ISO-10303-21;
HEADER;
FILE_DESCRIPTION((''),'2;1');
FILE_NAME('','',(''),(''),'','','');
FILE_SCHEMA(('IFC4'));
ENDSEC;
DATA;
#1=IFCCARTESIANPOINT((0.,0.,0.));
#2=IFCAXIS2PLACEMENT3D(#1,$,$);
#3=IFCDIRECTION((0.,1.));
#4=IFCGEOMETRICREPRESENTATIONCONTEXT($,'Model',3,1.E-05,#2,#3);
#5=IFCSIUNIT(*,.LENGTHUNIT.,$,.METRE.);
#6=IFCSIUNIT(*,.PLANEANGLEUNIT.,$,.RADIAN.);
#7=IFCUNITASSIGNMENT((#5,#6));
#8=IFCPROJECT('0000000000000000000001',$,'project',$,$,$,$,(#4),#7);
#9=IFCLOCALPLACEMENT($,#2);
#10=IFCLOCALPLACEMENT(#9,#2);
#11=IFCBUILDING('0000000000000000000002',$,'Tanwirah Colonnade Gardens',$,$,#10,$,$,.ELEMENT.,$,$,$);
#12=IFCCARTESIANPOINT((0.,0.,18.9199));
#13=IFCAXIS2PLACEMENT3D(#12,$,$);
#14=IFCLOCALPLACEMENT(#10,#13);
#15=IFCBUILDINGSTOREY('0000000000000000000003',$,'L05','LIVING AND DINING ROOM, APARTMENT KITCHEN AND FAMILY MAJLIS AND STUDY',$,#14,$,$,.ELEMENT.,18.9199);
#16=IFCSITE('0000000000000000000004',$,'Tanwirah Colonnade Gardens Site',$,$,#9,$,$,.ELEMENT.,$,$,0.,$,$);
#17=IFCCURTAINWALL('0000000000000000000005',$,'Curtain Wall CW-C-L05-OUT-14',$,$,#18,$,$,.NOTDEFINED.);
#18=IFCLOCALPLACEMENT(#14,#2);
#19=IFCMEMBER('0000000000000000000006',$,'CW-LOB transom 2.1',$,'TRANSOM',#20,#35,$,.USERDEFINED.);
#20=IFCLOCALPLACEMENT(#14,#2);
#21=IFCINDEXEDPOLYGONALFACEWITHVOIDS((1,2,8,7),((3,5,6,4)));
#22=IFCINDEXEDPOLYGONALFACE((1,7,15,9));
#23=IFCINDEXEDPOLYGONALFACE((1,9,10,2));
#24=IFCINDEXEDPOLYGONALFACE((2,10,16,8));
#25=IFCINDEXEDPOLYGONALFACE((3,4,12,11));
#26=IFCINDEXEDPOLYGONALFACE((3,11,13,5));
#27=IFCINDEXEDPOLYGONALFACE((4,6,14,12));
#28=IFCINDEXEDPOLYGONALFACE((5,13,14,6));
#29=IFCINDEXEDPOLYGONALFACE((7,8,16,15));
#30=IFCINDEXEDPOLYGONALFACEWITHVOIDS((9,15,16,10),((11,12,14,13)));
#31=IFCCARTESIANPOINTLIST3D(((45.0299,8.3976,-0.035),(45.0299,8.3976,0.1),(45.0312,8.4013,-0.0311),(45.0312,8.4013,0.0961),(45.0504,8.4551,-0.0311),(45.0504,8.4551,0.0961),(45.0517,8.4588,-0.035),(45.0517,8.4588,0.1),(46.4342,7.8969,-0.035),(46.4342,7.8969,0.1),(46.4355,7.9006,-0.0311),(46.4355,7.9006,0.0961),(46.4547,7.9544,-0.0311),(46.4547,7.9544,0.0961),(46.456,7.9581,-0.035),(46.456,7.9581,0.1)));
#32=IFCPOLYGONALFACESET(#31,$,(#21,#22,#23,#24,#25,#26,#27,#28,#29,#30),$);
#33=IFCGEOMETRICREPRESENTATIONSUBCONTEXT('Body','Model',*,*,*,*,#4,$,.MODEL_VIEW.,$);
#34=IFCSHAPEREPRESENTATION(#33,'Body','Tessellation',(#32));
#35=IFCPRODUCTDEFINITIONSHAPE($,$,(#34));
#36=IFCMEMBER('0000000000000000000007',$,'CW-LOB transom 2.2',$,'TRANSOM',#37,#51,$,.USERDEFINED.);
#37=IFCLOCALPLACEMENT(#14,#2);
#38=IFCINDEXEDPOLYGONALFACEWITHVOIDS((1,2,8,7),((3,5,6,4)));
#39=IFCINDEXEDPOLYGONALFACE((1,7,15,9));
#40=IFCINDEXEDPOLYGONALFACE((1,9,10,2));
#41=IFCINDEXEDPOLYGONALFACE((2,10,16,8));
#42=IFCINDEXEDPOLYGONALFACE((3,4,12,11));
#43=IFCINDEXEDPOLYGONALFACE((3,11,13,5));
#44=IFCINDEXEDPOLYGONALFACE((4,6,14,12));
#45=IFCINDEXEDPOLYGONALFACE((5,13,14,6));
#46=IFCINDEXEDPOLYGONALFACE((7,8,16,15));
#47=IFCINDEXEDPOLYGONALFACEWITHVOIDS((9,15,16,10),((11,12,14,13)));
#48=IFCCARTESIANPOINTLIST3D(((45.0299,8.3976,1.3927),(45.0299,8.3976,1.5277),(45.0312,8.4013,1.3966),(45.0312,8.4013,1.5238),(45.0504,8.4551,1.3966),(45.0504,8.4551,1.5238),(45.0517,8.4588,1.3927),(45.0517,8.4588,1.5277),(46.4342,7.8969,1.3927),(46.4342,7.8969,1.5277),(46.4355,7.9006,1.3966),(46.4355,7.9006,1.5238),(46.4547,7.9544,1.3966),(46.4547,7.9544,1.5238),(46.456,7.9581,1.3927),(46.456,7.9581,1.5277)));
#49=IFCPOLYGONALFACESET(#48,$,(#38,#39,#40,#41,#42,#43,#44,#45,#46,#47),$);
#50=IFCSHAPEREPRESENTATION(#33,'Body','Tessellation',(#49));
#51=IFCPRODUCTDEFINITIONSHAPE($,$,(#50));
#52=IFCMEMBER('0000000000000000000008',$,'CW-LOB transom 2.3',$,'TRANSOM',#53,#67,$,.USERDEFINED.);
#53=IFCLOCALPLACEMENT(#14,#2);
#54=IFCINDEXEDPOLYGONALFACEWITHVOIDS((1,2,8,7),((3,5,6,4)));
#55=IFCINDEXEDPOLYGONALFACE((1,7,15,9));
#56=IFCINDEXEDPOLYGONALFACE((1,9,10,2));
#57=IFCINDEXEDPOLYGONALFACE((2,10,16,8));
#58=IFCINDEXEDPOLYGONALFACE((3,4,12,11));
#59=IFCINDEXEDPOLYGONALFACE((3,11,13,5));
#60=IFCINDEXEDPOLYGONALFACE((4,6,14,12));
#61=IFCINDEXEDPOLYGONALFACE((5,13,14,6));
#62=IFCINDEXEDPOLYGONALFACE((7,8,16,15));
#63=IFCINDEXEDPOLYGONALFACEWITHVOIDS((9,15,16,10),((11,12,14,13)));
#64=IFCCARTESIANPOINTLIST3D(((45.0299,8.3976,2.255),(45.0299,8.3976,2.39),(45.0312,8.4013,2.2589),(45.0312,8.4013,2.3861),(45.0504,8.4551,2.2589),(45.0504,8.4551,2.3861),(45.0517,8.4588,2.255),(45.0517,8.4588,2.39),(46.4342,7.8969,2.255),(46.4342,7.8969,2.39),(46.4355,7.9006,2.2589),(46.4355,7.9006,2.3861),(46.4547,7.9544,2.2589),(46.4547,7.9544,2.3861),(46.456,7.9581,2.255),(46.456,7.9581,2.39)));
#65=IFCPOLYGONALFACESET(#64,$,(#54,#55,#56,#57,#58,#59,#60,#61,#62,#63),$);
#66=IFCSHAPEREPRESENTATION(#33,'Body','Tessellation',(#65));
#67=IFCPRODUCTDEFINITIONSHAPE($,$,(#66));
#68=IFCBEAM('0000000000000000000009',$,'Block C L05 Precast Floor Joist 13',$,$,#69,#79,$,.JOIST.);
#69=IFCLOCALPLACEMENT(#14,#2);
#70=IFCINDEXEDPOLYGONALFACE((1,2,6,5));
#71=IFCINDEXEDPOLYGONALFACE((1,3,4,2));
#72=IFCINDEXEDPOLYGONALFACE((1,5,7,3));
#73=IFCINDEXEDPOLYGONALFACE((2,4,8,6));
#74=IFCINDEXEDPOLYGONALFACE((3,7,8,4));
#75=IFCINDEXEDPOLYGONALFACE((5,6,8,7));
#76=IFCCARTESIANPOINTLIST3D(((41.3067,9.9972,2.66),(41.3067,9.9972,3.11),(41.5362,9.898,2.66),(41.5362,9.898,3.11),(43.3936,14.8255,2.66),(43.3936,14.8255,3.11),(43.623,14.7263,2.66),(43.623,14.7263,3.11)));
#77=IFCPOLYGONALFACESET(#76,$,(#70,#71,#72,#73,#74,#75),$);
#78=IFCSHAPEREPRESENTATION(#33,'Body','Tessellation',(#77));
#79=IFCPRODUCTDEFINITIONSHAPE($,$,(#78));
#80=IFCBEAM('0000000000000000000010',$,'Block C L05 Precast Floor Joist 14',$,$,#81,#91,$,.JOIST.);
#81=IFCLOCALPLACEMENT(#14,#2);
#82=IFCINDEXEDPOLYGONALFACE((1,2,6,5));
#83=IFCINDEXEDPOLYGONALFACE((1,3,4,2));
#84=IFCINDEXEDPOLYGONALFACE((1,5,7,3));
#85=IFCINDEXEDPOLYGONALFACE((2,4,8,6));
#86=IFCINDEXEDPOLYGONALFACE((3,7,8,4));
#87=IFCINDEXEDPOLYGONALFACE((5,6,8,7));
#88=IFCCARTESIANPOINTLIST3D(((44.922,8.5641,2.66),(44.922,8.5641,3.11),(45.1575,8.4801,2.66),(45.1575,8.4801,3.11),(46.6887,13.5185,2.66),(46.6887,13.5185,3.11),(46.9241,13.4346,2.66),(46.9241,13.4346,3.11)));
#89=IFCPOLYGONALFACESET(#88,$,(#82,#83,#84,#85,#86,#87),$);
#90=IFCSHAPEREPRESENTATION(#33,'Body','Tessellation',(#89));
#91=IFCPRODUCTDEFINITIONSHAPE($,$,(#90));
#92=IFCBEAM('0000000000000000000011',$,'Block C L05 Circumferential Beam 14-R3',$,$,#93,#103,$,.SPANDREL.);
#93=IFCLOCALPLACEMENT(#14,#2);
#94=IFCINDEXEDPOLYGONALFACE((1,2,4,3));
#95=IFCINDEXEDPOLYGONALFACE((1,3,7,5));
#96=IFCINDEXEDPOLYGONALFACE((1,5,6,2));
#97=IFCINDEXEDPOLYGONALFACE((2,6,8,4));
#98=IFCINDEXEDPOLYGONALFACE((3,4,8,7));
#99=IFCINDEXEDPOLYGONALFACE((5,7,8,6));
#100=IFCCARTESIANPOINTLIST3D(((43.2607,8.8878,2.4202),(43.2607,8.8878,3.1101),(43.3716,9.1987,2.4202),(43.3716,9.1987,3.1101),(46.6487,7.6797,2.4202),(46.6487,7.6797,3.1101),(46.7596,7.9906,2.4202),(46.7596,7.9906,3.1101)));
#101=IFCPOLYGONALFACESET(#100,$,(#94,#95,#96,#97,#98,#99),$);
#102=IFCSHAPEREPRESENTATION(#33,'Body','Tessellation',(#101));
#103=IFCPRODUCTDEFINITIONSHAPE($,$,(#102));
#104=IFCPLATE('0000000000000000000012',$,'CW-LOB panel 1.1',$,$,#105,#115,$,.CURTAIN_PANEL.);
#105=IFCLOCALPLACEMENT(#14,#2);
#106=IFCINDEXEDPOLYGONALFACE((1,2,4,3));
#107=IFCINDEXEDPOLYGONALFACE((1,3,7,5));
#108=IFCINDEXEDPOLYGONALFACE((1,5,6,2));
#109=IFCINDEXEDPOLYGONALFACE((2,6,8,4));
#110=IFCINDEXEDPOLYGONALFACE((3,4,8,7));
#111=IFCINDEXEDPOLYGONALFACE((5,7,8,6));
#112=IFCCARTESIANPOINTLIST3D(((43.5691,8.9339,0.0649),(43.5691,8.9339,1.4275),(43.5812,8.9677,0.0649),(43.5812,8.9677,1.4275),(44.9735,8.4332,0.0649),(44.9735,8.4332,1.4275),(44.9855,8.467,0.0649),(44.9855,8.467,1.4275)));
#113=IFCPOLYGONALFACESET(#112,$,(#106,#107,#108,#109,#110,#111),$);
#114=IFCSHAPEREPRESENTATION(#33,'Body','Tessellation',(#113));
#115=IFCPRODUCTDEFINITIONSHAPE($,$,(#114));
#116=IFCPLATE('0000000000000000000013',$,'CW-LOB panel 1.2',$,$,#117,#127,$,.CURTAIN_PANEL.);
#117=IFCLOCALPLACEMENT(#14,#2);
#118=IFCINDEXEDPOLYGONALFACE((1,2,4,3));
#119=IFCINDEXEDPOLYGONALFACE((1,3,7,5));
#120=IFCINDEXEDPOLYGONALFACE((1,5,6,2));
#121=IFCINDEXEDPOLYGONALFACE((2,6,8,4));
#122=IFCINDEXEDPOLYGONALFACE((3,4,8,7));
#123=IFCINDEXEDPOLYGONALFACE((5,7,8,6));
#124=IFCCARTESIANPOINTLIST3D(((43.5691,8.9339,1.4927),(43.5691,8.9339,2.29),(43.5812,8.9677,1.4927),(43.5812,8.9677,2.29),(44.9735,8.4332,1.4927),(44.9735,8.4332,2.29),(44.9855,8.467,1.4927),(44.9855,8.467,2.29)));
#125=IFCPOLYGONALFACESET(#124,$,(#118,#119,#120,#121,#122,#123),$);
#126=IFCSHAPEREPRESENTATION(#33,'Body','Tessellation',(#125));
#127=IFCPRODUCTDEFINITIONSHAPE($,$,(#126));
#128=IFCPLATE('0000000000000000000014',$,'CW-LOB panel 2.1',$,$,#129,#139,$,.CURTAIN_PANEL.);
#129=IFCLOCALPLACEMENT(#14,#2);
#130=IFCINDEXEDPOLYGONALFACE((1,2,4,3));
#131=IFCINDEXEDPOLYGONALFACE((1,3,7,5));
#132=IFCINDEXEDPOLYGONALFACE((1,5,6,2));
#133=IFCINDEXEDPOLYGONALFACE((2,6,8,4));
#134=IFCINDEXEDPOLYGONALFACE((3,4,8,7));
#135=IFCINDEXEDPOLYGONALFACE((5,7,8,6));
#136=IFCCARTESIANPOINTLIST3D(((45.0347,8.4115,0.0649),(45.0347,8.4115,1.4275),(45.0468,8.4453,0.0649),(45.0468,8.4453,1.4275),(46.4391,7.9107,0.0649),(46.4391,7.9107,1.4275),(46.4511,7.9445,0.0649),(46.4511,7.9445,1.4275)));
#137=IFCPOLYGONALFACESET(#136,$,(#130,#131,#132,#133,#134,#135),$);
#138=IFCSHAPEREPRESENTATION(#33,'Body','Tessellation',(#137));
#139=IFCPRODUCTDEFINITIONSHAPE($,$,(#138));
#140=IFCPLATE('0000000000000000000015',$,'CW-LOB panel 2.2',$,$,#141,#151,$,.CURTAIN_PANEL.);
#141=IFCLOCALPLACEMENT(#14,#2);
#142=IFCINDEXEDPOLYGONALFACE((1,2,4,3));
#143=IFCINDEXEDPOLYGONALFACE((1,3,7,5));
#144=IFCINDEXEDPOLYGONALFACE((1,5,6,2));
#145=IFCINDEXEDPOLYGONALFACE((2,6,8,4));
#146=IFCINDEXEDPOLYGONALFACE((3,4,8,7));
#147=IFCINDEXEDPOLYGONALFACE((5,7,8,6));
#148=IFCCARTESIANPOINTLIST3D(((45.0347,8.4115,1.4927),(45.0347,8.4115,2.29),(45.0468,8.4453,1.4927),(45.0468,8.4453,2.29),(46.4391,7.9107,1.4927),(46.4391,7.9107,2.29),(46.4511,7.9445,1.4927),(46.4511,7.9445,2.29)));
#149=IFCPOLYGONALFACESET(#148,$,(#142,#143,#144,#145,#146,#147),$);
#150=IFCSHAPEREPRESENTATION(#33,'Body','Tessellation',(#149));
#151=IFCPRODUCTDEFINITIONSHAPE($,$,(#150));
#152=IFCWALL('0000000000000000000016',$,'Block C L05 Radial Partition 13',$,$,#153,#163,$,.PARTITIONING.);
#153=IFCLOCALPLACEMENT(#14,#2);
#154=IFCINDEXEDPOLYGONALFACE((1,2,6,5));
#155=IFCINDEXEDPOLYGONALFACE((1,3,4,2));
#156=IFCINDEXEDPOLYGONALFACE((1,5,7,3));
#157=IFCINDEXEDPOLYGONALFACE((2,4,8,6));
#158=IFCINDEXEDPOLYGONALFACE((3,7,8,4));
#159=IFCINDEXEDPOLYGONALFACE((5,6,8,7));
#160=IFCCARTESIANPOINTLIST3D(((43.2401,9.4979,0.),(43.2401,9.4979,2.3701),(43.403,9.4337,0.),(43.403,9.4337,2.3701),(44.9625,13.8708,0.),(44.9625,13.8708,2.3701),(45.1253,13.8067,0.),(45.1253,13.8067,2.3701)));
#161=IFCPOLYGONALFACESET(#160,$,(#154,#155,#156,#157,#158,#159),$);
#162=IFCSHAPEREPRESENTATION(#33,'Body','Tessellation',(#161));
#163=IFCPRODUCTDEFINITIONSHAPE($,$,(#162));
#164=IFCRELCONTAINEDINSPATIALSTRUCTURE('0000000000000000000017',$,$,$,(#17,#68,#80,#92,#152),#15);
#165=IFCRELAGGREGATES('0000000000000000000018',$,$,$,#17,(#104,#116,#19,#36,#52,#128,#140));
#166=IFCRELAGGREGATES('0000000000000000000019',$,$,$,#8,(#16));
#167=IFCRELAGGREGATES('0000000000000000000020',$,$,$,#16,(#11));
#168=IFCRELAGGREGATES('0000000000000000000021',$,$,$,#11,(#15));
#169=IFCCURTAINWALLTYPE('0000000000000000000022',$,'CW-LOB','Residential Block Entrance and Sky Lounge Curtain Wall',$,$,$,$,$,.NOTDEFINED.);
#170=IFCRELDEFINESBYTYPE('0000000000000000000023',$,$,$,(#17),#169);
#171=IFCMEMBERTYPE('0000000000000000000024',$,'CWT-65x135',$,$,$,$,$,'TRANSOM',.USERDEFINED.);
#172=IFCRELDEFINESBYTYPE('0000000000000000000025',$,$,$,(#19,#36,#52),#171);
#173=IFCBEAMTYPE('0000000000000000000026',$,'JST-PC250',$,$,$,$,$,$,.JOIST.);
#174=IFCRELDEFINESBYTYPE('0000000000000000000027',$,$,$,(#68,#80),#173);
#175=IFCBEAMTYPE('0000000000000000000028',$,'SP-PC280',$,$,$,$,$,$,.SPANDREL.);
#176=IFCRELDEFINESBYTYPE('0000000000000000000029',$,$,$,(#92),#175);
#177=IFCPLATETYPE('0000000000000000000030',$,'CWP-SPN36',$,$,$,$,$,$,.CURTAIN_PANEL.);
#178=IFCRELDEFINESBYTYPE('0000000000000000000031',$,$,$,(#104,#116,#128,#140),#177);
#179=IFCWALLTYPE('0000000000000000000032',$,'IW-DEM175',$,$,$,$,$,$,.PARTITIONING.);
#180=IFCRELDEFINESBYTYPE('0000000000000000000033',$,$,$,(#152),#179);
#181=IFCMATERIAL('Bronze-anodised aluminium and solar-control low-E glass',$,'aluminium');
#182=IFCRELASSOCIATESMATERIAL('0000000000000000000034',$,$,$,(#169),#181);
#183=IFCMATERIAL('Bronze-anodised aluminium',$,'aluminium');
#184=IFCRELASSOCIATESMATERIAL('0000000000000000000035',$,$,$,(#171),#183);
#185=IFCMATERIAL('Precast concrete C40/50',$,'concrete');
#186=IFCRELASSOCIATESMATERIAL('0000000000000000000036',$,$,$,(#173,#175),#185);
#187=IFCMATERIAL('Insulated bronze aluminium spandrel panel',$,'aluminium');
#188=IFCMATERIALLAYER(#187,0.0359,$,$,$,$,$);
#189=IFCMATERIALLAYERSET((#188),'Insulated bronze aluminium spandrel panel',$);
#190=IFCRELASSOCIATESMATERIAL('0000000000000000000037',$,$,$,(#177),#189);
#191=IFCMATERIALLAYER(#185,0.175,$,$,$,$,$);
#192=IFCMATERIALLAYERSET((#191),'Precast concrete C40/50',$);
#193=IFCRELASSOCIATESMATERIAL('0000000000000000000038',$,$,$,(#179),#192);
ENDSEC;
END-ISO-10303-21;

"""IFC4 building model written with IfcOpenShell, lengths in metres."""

from ifc_helpers import new_model, si_unit, direction, frame, frame_2d, origin, origin_2d, place, context, subcontext, project, spatial, rectangle, hollow_rectangle, extrude, material, layer, layer_set, material_profile, profile_set, type_object, element, aggregate, save


model = new_model("IFC4")

# Units and contexts
model_context = context("Model", 3, precision=1e-05, world=origin(), true_north=direction((0.0, 1.0)))
body_context = subcontext(model_context, "Body", "Model", "MODEL_VIEW")
ifc_project = project(units=[si_unit("LENGTHUNIT", "METRE"), si_unit("PLANEANGLEUNIT", "RADIAN")], contexts=[model_context])

# Site, building, storey
site_placement = place(None, origin())
site = spatial("IfcSite", under=ifc_project, at=site_placement, Name="Tanwirah Colonnade Gardens Site", CompositionType="ELEMENT", RefElevation=0.0)
building_placement = place(site_placement, origin())
building = spatial("IfcBuilding", under=site, at=building_placement, Name="Tanwirah Colonnade Gardens", CompositionType="ELEMENT")
storey_placement = place(building_placement, frame((0.0, 0.0, 18.9199)))
storey = spatial("IfcBuildingStorey", under=building, at=storey_placement, Name="L05", Description="LIVING AND DINING ROOM, APARTMENT KITCHEN AND FAMILY MAJLIS AND STUDY", CompositionType="ELEMENT", Elevation=18.9199)

# Shared definitions
ifc_material_1 = material(Name="Precast concrete C40/50", Category="concrete")

# Curtain wall, members
ifc_material_2 = material(Name="Bronze-anodised aluminium and solar-control low-E glass", Category="aluminium")
curtain_wall_type = type_object("IfcCurtainWallType", Name="CW-LOB", Description="Residential Block Entrance and Sky Lounge Curtain Wall", PredefinedType="NOTDEFINED", material=ifc_material_2)
curtain_wall_placement = place(storey_placement, origin())
curtain_wall = element("IfcCurtainWall", 1, at=curtain_wall_placement, inside=storey, type_object=curtain_wall_type, Name="Curtain Wall CW-C-L05-OUT-14", PredefinedType="NOTDEFINED")
ifc_material_3 = material(Name="Bronze-anodised aluminium", Category="aluminium")
ifc_material_profile_1 = material_profile(ifc_material_3, hollow_rectangle(XDim=0.0649, YDim=0.135, WallThickness=0.0039, at=origin_2d()), Name="CW-TRN 65x135x4")
ifc_profile_set_1 = profile_set([ifc_material_profile_1], Name="Bronze-anodised aluminium")
member_type_1 = type_object("IfcMemberType", Name="CWT-65x135", ElementType="TRANSOM", PredefinedType="USERDEFINED", material=ifc_profile_set_1)
member_1_placement = place(storey_placement, frame((45.0408, 8.4282, 0.0325), z_axis=(0.941912, -0.335859, 0.0), x_axis=(0.335859, 0.941912, 0.0)))
member_1 = element("IfcMember", 2, at=member_1_placement, type_object=member_type_1, Name="CW-LOB transom 2.1", ObjectType="TRANSOM", PredefinedType="USERDEFINED", context=body_context, shape_type="SweptSolid", body=[
    extrude(hollow_rectangle(XDim=0.0649, YDim=0.135, WallThickness=0.0039, at=origin_2d()), origin(), (0.0, 0.0, 1.0), 1.491),
])
member_2_placement = place(storey_placement, frame((45.0408, 8.4282, 1.4602), z_axis=(0.941912, -0.335859, 0.0), x_axis=(0.335859, 0.941912, 0.0)))
member_2 = element("IfcMember", 3, at=member_2_placement, type_object=member_type_1, Name="CW-LOB transom 2.2", ObjectType="TRANSOM", PredefinedType="USERDEFINED", context=body_context, shape_type="SweptSolid", body=[
    extrude(hollow_rectangle(XDim=0.0649, YDim=0.135, WallThickness=0.0039, at=origin_2d()), origin(), (0.0, 0.0, 1.0), 1.491),
])
member_3_placement = place(storey_placement, frame((45.0408, 8.4282, 2.3225), z_axis=(0.941912, -0.335859, 0.0), x_axis=(0.335859, 0.941912, 0.0)))
member_3 = element("IfcMember", 4, at=member_3_placement, type_object=member_type_1, Name="CW-LOB transom 2.3", ObjectType="TRANSOM", PredefinedType="USERDEFINED", context=body_context, shape_type="SweptSolid", body=[
    extrude(hollow_rectangle(XDim=0.0649, YDim=0.135, WallThickness=0.0039, at=origin_2d()), origin(), (0.0, 0.0, 1.0), 1.491),
])

# Beams
ifc_material_profile_2 = material_profile(ifc_material_1, rectangle(XDim=0.25, YDim=0.45, at=origin_2d()), Name="PC-JST 250x450")
ifc_profile_set_2 = profile_set([ifc_material_profile_2], Name="Precast concrete C40/50")
beam_type_1 = type_object("IfcBeamType", Name="JST-PC250", PredefinedType="JOIST", material=ifc_profile_set_2)
for number, where, z_axis, x_axis, name in (
    (5, (43.5083, 14.7759, 2.885), (-0.396746, -0.917928, 0.0), (0.917928, -0.396746, 0.0), "Block C L05 Precast Floor Joist 13"),
    (6, (46.8064, 13.4766, 2.885), (-0.335863, -0.941911, 0.0), (0.941911, -0.335863, 0.0), "Block C L05 Precast Floor Joist 14"),
):
    element("IfcBeam", number, at=place(storey_placement, frame(where, z_axis=z_axis, x_axis=x_axis)), inside=storey, type_object=beam_type_1, Name=name, PredefinedType="JOIST", context=body_context, shape_type="SweptSolid", body=[
        extrude(rectangle(XDim=0.25, YDim=0.45, at=origin_2d()), origin(), (0.0, 0.0, 1.0), 5.26),
    ])
ifc_material_profile_3 = material_profile(ifc_material_1, rectangle(XDim=0.3301, YDim=0.6899, at=origin_2d()), Name="PC-SP 330x690")
ifc_profile_set_3 = profile_set([ifc_material_profile_3], Name="Precast concrete C40/50")
beam_type_2 = type_object("IfcBeamType", Name="SP-PC280", PredefinedType="SPANDREL", material=ifc_profile_set_3)
beam_1_placement = place(storey_placement, frame((43.3162, 9.0432, 2.7651), z_axis=(0.941915, -0.33585, 0.0), x_axis=(0.33585, 0.941915, 0.0)))
element("IfcBeam", 7, at=beam_1_placement, inside=storey, type_object=beam_type_2, Name="Block C L05 Circumferential Beam 14-R3", PredefinedType="SPANDREL", context=body_context, shape_type="SweptSolid", body=[
    extrude(rectangle(XDim=0.3301, YDim=0.6899, at=origin_2d()), origin(), (0.0, 0.0, 1.0), 3.5969),
])

# Plates
ifc_material_4 = material(Name="Insulated bronze aluminium spandrel panel", Category="aluminium")
ifc_layer_1 = layer(ifc_material_4, 0.0359)
ifc_layer_set_1 = layer_set([ifc_layer_1], Name="Insulated bronze aluminium spandrel panel")
plate_type = type_object("IfcPlateType", Name="CWP-SPN36", PredefinedType="CURTAIN_PANEL", material=ifc_layer_set_1)
plate_1_placement = place(storey_placement, frame((44.2773, 8.7004, 0.0649), z_axis=(0.0, 0.0, 1.0), x_axis=(0.941911, -0.335862, 0.0)))
plate_1 = element("IfcPlate", 8, at=plate_1_placement, type_object=plate_type, Name="CW-LOB panel 1.1", PredefinedType="CURTAIN_PANEL", context=body_context, shape_type="SweptSolid", body=[
    extrude(rectangle(XDim=1.491, YDim=0.0359, at=origin_2d()), origin(), (0.0, 0.0, 1.0), 1.3625),
])
plate_2_placement = place(storey_placement, frame((44.2773, 8.7004, 1.4927), z_axis=(0.0, 0.0, 1.0), x_axis=(0.941911, -0.335862, 0.0)))
plate_2 = element("IfcPlate", 9, at=plate_2_placement, type_object=plate_type, Name="CW-LOB panel 1.2", PredefinedType="CURTAIN_PANEL", context=body_context, shape_type="SweptSolid", body=[
    extrude(rectangle(XDim=1.491, YDim=0.0359, at=origin_2d()), origin(), (0.0, 0.0, 1.0), 0.7974),
])
plate_3_placement = place(storey_placement, frame((45.7429, 8.178, 0.0649), z_axis=(0.0, 0.0, 1.0), x_axis=(0.941911, -0.335862, 0.0)))
plate_3 = element("IfcPlate", 10, at=plate_3_placement, type_object=plate_type, Name="CW-LOB panel 2.1", PredefinedType="CURTAIN_PANEL", context=body_context, shape_type="SweptSolid", body=[
    extrude(rectangle(XDim=1.491, YDim=0.0359, at=origin_2d()), origin(), (0.0, 0.0, 1.0), 1.3625),
])
plate_4_placement = place(storey_placement, frame((45.7429, 8.178, 1.4927), z_axis=(0.0, 0.0, 1.0), x_axis=(0.941911, -0.335862, 0.0)))
plate_4 = element("IfcPlate", 11, at=plate_4_placement, type_object=plate_type, Name="CW-LOB panel 2.2", PredefinedType="CURTAIN_PANEL", context=body_context, shape_type="SweptSolid", body=[
    extrude(rectangle(XDim=1.491, YDim=0.0359, at=origin_2d()), origin(), (0.0, 0.0, 1.0), 0.7974),
])
aggregate(curtain_wall, [plate_1, plate_2, member_1, member_2, member_3, plate_3, plate_4])

# Wall
ifc_layer_2 = layer(ifc_material_1, 0.175)
ifc_layer_set_2 = layer_set([ifc_layer_2], Name="Precast concrete C40/50")
wall_type_1 = type_object("IfcWallType", Name="IW-DEM175", PredefinedType="PARTITIONING", material=ifc_layer_set_2)
wall_1_placement = place(storey_placement, frame((45.0439, 13.8389, 0.0), z_axis=(0.0, 0.0, 1.0), x_axis=(-0.366469, -0.93043, 0.0)))
element("IfcWall", 12, at=wall_1_placement, inside=storey, type_object=wall_type_1, Name="Block C L05 Radial Partition 13", PredefinedType="PARTITIONING", context=body_context, shape_type="SweptSolid", body=[
    extrude(rectangle(XDim=4.7, YDim=0.175, at=frame_2d((2.3501, 0.0))), origin(), (0.0, 0.0, 1.0), 2.3701),
])

save(model, "model.ifc")
